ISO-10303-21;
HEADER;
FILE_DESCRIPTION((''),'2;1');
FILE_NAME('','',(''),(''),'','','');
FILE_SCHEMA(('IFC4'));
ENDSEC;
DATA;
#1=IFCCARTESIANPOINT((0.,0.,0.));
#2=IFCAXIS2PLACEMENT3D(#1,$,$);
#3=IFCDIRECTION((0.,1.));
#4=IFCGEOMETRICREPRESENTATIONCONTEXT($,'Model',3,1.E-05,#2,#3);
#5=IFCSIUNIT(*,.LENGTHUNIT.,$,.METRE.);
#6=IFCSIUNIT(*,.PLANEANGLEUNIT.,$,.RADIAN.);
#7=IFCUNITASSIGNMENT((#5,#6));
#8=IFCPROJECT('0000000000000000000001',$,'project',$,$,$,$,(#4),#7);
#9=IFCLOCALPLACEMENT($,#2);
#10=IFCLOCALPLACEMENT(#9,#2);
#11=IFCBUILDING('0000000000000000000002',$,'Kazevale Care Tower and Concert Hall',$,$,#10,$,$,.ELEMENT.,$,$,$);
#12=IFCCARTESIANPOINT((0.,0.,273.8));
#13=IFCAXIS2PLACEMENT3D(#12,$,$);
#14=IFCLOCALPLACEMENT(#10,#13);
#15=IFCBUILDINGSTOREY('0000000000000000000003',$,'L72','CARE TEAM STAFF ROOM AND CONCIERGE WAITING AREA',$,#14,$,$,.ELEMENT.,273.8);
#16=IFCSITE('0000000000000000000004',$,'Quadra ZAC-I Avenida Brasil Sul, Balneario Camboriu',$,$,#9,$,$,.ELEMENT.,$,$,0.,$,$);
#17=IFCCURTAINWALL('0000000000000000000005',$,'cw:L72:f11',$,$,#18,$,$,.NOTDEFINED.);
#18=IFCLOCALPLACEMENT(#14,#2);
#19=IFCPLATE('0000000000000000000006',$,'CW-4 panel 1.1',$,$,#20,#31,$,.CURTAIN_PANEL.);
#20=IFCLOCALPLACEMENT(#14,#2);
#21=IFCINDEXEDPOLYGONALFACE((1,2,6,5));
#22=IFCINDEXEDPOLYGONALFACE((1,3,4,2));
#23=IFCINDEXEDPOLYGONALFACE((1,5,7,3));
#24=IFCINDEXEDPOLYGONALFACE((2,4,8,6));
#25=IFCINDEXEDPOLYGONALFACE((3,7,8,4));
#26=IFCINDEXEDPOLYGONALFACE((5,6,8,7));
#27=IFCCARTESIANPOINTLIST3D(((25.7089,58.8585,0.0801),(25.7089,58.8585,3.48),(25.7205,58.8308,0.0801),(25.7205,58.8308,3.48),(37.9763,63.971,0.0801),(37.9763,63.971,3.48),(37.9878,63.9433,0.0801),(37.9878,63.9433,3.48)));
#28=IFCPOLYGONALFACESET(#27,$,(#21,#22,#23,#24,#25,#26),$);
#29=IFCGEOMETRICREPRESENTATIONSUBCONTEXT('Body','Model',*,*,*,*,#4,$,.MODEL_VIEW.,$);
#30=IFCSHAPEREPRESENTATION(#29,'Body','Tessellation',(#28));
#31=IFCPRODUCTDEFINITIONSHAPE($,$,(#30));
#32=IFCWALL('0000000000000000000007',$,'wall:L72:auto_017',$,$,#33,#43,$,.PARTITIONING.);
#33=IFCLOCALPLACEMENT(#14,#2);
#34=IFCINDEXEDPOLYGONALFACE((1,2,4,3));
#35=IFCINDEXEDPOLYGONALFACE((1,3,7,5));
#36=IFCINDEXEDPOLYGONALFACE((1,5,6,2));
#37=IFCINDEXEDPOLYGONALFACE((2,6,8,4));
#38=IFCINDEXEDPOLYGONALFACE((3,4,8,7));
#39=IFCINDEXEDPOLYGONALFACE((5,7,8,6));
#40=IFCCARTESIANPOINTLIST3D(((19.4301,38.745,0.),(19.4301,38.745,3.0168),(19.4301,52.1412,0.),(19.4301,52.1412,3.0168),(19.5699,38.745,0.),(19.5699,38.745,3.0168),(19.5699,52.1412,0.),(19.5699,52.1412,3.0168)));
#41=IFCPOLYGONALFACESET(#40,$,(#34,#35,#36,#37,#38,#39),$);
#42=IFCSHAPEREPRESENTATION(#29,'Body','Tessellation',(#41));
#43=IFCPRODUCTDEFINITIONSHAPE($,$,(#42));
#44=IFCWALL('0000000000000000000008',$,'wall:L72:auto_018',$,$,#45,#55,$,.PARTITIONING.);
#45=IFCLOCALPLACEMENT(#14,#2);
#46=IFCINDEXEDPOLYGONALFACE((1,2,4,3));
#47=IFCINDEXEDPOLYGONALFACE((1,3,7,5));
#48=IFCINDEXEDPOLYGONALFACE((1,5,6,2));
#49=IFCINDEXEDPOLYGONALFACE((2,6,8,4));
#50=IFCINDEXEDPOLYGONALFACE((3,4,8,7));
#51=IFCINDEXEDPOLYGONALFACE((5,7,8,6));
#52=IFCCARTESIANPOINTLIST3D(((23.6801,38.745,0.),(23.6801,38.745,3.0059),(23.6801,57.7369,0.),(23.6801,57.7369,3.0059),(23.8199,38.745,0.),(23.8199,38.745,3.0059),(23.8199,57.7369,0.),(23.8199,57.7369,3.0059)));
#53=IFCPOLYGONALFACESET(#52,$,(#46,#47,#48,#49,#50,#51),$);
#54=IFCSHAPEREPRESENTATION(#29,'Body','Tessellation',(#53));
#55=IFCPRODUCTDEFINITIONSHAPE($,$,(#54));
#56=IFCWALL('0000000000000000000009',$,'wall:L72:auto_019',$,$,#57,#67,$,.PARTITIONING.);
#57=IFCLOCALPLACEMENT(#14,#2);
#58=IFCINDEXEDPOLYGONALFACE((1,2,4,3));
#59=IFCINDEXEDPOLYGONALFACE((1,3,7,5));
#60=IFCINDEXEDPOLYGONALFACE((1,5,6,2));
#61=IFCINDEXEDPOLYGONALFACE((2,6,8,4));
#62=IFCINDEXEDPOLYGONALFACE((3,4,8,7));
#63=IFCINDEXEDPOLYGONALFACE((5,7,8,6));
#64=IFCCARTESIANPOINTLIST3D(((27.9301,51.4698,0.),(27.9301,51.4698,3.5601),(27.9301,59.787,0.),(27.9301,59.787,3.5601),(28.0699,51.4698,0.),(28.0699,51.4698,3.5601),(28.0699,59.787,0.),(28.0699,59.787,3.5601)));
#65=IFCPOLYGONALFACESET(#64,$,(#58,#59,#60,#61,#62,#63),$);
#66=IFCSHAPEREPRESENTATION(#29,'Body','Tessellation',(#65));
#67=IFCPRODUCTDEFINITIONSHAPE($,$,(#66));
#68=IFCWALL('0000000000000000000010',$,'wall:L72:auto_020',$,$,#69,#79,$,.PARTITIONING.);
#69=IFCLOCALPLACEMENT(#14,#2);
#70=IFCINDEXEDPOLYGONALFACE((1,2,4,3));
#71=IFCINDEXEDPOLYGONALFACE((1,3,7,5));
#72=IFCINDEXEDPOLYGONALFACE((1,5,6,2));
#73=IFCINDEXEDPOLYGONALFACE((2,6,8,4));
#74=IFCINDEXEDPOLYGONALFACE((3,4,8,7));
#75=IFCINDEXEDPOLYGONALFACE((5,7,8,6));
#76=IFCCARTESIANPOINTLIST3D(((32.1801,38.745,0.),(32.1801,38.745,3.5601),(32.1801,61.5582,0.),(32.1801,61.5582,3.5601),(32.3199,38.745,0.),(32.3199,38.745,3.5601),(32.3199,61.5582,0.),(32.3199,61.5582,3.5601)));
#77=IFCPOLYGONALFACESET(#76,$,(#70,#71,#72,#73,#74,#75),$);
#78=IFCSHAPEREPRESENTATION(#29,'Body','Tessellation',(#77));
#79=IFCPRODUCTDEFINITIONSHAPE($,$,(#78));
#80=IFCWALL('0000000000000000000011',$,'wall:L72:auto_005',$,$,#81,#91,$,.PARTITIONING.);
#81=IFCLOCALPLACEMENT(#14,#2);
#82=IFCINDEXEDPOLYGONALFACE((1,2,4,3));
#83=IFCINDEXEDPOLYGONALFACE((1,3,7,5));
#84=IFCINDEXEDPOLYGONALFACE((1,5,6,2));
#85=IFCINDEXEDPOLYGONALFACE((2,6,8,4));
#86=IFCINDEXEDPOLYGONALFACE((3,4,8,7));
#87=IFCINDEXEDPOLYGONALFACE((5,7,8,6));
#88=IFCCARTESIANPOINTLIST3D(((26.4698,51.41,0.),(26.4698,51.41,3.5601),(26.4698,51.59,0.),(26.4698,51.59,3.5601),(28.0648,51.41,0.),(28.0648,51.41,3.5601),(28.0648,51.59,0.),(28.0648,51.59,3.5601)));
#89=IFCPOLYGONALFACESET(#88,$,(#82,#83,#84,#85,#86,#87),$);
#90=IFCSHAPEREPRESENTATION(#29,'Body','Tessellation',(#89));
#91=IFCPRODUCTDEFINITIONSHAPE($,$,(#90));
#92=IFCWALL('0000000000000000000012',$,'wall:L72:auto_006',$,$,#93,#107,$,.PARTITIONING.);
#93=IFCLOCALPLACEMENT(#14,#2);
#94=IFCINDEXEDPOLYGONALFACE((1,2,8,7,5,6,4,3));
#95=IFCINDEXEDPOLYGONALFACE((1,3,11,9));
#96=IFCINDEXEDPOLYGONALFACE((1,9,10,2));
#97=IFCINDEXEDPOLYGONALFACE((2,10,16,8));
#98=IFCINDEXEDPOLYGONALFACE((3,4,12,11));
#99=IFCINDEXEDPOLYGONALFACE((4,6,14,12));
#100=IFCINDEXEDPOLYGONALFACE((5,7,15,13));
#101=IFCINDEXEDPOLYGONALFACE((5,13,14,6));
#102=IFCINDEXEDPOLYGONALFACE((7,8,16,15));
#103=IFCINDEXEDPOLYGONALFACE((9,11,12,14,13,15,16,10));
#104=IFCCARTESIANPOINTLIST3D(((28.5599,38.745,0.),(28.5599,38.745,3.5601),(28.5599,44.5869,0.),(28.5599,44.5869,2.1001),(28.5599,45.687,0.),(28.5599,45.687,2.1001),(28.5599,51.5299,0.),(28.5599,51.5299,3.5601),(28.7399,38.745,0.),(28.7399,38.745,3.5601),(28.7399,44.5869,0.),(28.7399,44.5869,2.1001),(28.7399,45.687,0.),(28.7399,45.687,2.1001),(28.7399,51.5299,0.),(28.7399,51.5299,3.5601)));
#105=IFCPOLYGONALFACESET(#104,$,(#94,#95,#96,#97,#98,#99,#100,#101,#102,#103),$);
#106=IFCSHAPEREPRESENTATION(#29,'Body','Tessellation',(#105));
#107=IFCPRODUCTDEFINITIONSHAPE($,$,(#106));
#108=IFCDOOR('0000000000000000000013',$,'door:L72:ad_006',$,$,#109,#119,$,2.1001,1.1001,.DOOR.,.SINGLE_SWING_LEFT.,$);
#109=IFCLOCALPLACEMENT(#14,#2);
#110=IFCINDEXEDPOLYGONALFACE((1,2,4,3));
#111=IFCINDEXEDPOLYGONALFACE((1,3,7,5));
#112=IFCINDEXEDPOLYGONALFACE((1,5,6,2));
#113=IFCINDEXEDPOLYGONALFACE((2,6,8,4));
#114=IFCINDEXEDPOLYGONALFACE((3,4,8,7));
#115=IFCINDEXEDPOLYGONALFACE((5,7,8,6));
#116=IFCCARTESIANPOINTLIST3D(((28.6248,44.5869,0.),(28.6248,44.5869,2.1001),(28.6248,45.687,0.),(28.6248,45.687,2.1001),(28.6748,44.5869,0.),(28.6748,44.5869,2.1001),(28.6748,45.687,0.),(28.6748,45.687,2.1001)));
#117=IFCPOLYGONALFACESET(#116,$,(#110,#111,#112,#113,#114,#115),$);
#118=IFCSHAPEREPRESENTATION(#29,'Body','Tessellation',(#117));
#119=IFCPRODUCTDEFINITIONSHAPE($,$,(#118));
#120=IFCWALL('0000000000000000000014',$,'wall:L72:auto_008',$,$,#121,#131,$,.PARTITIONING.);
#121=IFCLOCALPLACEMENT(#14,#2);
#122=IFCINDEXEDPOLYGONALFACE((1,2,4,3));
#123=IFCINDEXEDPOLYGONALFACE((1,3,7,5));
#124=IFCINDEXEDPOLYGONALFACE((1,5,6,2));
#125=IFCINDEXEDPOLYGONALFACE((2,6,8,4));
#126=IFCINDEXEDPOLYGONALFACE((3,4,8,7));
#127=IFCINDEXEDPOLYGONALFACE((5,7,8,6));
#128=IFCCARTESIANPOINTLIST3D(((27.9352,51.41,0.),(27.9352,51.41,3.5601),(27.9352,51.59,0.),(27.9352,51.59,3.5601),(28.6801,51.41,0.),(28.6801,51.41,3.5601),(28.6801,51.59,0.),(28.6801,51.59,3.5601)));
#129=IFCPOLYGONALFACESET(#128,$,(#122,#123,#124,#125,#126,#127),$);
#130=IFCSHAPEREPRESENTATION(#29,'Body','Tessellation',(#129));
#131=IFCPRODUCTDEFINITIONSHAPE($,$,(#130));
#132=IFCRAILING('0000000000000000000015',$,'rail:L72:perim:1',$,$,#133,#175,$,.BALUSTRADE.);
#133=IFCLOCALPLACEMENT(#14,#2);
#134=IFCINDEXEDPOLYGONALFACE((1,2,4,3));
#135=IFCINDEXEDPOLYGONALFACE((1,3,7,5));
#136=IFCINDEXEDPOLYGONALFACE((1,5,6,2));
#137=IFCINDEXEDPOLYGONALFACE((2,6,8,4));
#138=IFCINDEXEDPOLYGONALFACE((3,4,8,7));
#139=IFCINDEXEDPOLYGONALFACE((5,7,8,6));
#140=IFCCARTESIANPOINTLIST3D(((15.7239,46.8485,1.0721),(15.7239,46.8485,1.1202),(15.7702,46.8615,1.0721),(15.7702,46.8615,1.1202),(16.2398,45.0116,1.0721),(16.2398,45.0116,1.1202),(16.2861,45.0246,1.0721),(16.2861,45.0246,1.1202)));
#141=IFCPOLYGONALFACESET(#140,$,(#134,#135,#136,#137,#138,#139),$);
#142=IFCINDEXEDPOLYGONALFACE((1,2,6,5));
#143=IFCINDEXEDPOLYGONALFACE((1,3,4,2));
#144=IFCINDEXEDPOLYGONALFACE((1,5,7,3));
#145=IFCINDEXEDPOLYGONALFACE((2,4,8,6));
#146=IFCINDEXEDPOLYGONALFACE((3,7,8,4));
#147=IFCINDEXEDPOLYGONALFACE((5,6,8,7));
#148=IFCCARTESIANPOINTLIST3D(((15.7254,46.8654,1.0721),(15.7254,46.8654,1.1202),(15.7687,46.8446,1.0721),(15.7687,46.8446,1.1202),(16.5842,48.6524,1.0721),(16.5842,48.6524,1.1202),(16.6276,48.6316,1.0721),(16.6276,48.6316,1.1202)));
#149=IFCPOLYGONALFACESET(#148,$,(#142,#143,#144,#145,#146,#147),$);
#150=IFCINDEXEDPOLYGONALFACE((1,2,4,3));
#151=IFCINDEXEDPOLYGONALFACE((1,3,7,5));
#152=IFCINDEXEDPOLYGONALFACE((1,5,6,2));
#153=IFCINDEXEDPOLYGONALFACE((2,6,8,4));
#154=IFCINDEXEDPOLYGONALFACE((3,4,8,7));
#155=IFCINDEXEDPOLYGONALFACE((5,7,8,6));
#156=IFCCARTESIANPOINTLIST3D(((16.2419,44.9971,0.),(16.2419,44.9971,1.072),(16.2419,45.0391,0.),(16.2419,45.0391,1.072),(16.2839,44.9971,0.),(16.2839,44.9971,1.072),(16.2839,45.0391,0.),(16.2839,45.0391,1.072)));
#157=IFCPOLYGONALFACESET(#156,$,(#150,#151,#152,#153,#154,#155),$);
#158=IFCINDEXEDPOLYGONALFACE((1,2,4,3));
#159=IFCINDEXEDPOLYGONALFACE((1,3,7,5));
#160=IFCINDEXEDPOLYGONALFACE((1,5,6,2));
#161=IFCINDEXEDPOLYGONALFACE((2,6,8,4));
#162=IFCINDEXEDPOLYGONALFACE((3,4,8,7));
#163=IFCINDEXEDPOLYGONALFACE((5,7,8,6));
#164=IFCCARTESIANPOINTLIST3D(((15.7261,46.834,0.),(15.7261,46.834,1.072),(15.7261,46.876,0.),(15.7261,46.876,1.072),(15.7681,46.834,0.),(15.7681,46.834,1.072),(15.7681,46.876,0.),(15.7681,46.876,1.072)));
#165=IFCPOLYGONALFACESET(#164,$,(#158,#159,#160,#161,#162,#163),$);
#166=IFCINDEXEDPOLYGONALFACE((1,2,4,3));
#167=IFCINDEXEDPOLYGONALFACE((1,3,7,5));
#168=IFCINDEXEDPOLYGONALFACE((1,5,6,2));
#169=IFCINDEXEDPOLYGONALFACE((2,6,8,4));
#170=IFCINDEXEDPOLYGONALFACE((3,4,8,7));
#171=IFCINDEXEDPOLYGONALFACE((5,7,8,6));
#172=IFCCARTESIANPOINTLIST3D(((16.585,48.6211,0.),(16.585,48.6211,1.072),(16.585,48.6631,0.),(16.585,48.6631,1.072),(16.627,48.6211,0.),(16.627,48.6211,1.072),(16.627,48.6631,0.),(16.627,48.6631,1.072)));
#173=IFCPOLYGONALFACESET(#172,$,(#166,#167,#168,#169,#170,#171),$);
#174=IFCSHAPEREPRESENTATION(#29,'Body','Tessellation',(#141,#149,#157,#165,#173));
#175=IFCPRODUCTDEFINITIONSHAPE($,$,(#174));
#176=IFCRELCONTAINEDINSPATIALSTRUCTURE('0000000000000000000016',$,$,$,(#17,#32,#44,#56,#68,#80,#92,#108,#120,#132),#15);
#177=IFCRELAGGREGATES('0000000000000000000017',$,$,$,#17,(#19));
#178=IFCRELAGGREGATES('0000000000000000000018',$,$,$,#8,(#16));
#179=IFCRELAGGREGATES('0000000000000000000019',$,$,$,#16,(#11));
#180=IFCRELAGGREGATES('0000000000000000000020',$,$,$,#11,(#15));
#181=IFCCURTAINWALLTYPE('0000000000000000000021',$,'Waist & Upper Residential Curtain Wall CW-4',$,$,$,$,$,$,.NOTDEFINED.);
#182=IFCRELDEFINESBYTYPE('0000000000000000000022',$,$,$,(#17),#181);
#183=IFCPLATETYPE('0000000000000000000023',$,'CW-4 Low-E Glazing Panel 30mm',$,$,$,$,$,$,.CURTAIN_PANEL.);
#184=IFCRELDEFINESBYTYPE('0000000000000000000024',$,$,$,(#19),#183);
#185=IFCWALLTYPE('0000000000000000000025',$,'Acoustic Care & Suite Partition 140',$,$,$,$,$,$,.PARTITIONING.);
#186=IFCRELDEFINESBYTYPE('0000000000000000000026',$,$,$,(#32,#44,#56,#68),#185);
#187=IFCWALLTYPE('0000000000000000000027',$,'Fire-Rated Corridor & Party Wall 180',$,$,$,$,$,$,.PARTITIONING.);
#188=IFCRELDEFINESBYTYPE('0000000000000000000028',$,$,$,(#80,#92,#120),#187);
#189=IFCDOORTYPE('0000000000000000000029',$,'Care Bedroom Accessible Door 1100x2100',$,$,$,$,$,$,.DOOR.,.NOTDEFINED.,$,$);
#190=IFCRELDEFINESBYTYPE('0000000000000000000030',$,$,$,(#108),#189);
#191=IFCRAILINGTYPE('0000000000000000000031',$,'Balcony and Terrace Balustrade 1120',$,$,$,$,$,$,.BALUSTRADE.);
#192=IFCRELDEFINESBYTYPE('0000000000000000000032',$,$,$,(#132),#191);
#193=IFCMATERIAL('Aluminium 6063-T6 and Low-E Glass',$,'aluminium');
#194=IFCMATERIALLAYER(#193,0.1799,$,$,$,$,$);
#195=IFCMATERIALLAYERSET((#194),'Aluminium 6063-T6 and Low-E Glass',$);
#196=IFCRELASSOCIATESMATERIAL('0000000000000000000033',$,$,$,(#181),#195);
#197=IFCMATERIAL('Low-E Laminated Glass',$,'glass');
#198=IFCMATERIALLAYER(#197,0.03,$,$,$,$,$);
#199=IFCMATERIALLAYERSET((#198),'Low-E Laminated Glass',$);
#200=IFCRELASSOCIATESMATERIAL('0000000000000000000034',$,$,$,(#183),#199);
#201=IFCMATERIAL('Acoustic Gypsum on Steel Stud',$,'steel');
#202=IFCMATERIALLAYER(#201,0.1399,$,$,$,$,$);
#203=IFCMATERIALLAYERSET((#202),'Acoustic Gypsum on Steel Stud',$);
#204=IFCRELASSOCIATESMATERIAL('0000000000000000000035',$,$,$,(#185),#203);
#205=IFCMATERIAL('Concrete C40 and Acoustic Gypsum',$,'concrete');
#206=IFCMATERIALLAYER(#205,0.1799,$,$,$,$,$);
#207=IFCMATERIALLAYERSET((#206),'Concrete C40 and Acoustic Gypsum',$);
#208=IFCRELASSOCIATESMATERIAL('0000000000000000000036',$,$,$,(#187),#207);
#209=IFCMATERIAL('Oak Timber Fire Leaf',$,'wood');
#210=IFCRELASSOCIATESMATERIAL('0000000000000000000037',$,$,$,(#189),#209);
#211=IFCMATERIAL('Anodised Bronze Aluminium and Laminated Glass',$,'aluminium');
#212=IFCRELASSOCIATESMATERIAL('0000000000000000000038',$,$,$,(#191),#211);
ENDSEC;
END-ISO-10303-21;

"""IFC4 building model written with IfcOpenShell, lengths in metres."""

from ifc_helpers import new_model, si_unit, direction, frame, frame_2d, origin, origin_2d, place, context, subcontext, project, spatial, rectangle, extrude, material, layer, layer_set, type_object, element, fill, aggregate, save


model = new_model("IFC4")

# Units and contexts
model_context = context("Model", 3, precision=1e-05, world=origin(), true_north=direction((0.0, 1.0)))
body_context = subcontext(model_context, "Body", "Model", "MODEL_VIEW")
ifc_project = project(units=[si_unit("LENGTHUNIT", "METRE"), si_unit("PLANEANGLEUNIT", "RADIAN")], contexts=[model_context])

# Site, building, storey
site_placement = place(None, origin())
site = spatial("IfcSite", under=ifc_project, at=site_placement, Name="Quadra ZAC-I Avenida Brasil Sul, Balneario Camboriu", CompositionType="ELEMENT", RefElevation=0.0)
building_placement = place(site_placement, origin())
building = spatial("IfcBuilding", under=site, at=building_placement, Name="Kazevale Care Tower and Concert Hall", CompositionType="ELEMENT")
storey_placement = place(building_placement, frame((0.0, 0.0, 273.8)))
storey = spatial("IfcBuildingStorey", under=building, at=storey_placement, Name="L72", Description="CARE TEAM STAFF ROOM AND CONCIERGE WAITING AREA", CompositionType="ELEMENT", Elevation=273.8)

# Shared definitions
ifc_material_1 = material(Name="Aluminium 6063-T6 and Low-E Glass", Category="aluminium")
ifc_layer_1 = layer(ifc_material_1, 0.1799)
ifc_layer_set_1 = layer_set([ifc_layer_1], Name="Aluminium 6063-T6 and Low-E Glass")
curtain_wall_type = type_object("IfcCurtainWallType", Name="Waist & Upper Residential Curtain Wall CW-4", PredefinedType="NOTDEFINED", material=ifc_layer_set_1)

# Curtain wall
curtain_wall_1_placement = place(storey_placement, origin())
curtain_wall_1 = element("IfcCurtainWall", 1, at=curtain_wall_1_placement, inside=storey, type_object=curtain_wall_type, Name="cw:L72:f11", PredefinedType="NOTDEFINED")

# Plate
ifc_material_2 = material(Name="Low-E Laminated Glass", Category="glass")
ifc_layer_2 = layer(ifc_material_2, 0.03)
ifc_layer_set_2 = layer_set([ifc_layer_2], Name="Low-E Laminated Glass")
plate_type = type_object("IfcPlateType", Name="CW-4 Low-E Glazing Panel 30mm", PredefinedType="CURTAIN_PANEL", material=ifc_layer_set_2)
plate_1_placement = place(storey_placement, frame((31.8484, 61.4009, 0.0801), z_axis=(0.0, 0.0, 1.0), x_axis=(0.923048, 0.384684, 0.0)))
plate_1 = element("IfcPlate", 2, at=plate_1_placement, type_object=plate_type, Name="CW-4 panel 1.1", PredefinedType="CURTAIN_PANEL", context=body_context, shape_type="SweptSolid", body=[
    extrude(rectangle(XDim=13.29, YDim=0.03, at=origin_2d()), origin(), (0.0, 0.0, 1.0), 3.3999),
])
aggregate(curtain_wall_1, [plate_1])

# Walls
ifc_material_3 = material(Name="Acoustic Gypsum on Steel Stud", Category="steel")
ifc_layer_3 = layer(ifc_material_3, 0.1399)
ifc_layer_set_3 = layer_set([ifc_layer_3], Name="Acoustic Gypsum on Steel Stud")
wall_type_1 = type_object("IfcWallType", Name="Acoustic Care & Suite Partition 140", PredefinedType="PARTITIONING", material=ifc_layer_set_3)
wall_1_placement = place(storey_placement, frame((19.5, 52.1414, 0.0), z_axis=(0.0, 0.0, 1.0), x_axis=(0.0, -1.0, 0.0)))
element("IfcWall", 3, at=wall_1_placement, inside=storey, type_object=wall_type_1, Name="wall:L72:auto_017", PredefinedType="PARTITIONING", context=body_context, shape_type="SweptSolid", body=[
    extrude(rectangle(XDim=13.3962, YDim=0.1399, at=frame_2d((6.6982, 0.0))), origin(), (0.0, 0.0, 1.0), 3.0168),
])
wall_2_placement = place(storey_placement, frame((23.75, 57.7371, 0.0), z_axis=(0.0, 0.0, 1.0), x_axis=(0.0, -1.0, 0.0)))
element("IfcWall", 4, at=wall_2_placement, inside=storey, type_object=wall_type_1, Name="wall:L72:auto_018", PredefinedType="PARTITIONING", context=body_context, shape_type="SweptSolid", body=[
    extrude(rectangle(XDim=18.9919, YDim=0.1399, at=frame_2d((9.4961, 0.0))), origin(), (0.0, 0.0, 1.0), 3.0059),
])
wall_3_placement = place(storey_placement, frame((28.0, 59.7871, 0.0), z_axis=(0.0, 0.0, 1.0), x_axis=(0.0, -1.0, 0.0)))
element("IfcWall", 5, at=wall_3_placement, inside=storey, type_object=wall_type_1, Name="wall:L72:auto_019", PredefinedType="PARTITIONING", context=body_context, shape_type="SweptSolid", body=[
    extrude(rectangle(XDim=8.3171, YDim=0.1399, at=frame_2d((4.1587, 0.0))), origin(), (0.0, 0.0, 1.0), 3.5601),
])
wall_4_placement = place(storey_placement, frame((32.25, 61.5583, 0.0), z_axis=(0.0, 0.0, 1.0), x_axis=(0.0, -1.0, 0.0)))
element("IfcWall", 6, at=wall_4_placement, inside=storey, type_object=wall_type_1, Name="wall:L72:auto_020", PredefinedType="PARTITIONING", context=body_context, shape_type="SweptSolid", body=[
    extrude(rectangle(XDim=22.8132, YDim=0.1399, at=frame_2d((11.4067, 0.0))), origin(), (0.0, 0.0, 1.0), 3.5601),
])
ifc_material_4 = material(Name="Concrete C40 and Acoustic Gypsum", Category="concrete")
ifc_layer_4 = layer(ifc_material_4, 0.1799)
ifc_layer_set_4 = layer_set([ifc_layer_4], Name="Concrete C40 and Acoustic Gypsum")
wall_type_2 = type_object("IfcWallType", Name="Fire-Rated Corridor & Party Wall 180", PredefinedType="PARTITIONING", material=ifc_layer_set_4)
wall_5_placement = place(storey_placement, frame((26.47, 51.5, 0.0), z_axis=(0.0, 0.0, 1.0), x_axis=(1.0, 0.0, 0.0)))
element("IfcWall", 7, at=wall_5_placement, inside=storey, type_object=wall_type_2, Name="wall:L72:auto_005", PredefinedType="PARTITIONING", context=body_context, shape_type="SweptSolid", body=[
    extrude(rectangle(XDim=1.595, YDim=0.1799, at=frame_2d((0.7974, 0.0))), origin(), (0.0, 0.0, 1.0), 3.5601),
])

# Wall, opening, door
wall_6_placement = place(storey_placement, frame((28.6499, 51.53, 0.0), z_axis=(0.0, 0.0, 1.0), x_axis=(0.0, -1.0, 0.0)))
wall_6 = element("IfcWall", 8, at=wall_6_placement, inside=storey, type_object=wall_type_2, Name="wall:L72:auto_006", PredefinedType="PARTITIONING", context=body_context, shape_type="SweptSolid", body=[
    extrude(rectangle(XDim=12.7849, YDim=0.1799, at=frame_2d((6.3926, 0.0))), origin(), (0.0, 0.0, 1.0), 3.5601),
])
opening_placement = place(wall_6_placement, frame((5.843, 0.0, 0.0)))
opening = element("IfcOpeningElement", 9, at=opening_placement, cuts=wall_6, PredefinedType="OPENING", context=body_context, shape_type="SweptSolid", body=[
    extrude(rectangle(XDim=1.1001, YDim=2.1001, at=frame_2d((0.55, 1.05))), frame((0.0, 0.0999, 0.0), z_axis=(0.0, -1.0, 0.0), x_axis=(1.0, 0.0, 0.0)), (0.0, 0.0, 1.0), 0.2),
])
ifc_material_5 = material(Name="Oak Timber Fire Leaf", Category="wood")
door_type = type_object("IfcDoorType", Name="Care Bedroom Accessible Door 1100x2100", OperationType="NOTDEFINED", PredefinedType="DOOR", material=ifc_material_5)
door_placement = place(opening_placement, origin())
door = element("IfcDoor", 10, at=door_placement, inside=storey, type_object=door_type, Name="door:L72:ad_006", OperationType="SINGLE_SWING_LEFT", OverallHeight=2.1001, OverallWidth=1.1001, PredefinedType="DOOR", context=body_context, shape_type="SweptSolid", body=[
    extrude(rectangle(XDim=1.1001, YDim=2.1001, at=frame_2d((0.55, 1.05))), frame((0.0, 0.0249, 0.0), z_axis=(0.0, -1.0, 0.0), x_axis=(1.0, 0.0, 0.0)), (0.0, 0.0, 1.0), 0.05),
])
fill(opening, door)

# Wall
wall_7_placement = place(storey_placement, frame((27.9351, 51.5, 0.0), z_axis=(0.0, 0.0, 1.0), x_axis=(1.0, 0.0, 0.0)))
element("IfcWall", 11, at=wall_7_placement, inside=storey, type_object=wall_type_2, Name="wall:L72:auto_008", PredefinedType="PARTITIONING", context=body_context, shape_type="SweptSolid", body=[
    extrude(rectangle(XDim=0.7449, YDim=0.1799, at=frame_2d((0.3726, 0.0))), origin(), (0.0, 0.0, 1.0), 3.5601),
])

# Railing
ifc_material_6 = material(Name="Anodised Bronze Aluminium and Laminated Glass", Category="aluminium")
railing_type = type_object("IfcRailingType", Name="Balcony and Terrace Balustrade 1120", PredefinedType="BALUSTRADE", material=ifc_material_6)
railing_1_placement = place(storey_placement, frame((16.2629, 45.0181, 0.0)))
element("IfcRailing", 12, at=railing_1_placement, inside=storey, type_object=railing_type, Name="rail:L72:perim:1", PredefinedType="BALUSTRADE", context=body_context, shape_type="SweptSolid", body=[
    extrude(rectangle(XDim=0.0481, YDim=0.0481, at=origin_2d()), frame((0.0, 0.0, 1.0962), z_axis=(-0.270375, 0.962755, 0.0), x_axis=(-0.962755, -0.270375, 0.0)), (0.0, 0.0, 1.0), 1.908),
    extrude(rectangle(XDim=0.0481, YDim=0.0481, at=origin_2d()), frame((-0.5159, 1.8369, 1.0962), z_axis=(0.433171, 0.901312, 0.0), x_axis=(-0.901312, 0.433171, 0.0)), (0.0, 0.0, 1.0), 1.9827),
    extrude(rectangle(XDim=0.042, YDim=0.042, at=origin_2d()), origin(), (0.0, 0.0, 1.0), 1.072),
    extrude(rectangle(XDim=0.042, YDim=0.042, at=origin_2d()), frame((-0.5159, 1.8369, 0.0)), (0.0, 0.0, 1.0), 1.072),
    extrude(rectangle(XDim=0.042, YDim=0.042, at=origin_2d()), frame((0.343, 3.624, 0.0)), (0.0, 0.0, 1.0), 1.072),
])

save(model, "model.ifc")
